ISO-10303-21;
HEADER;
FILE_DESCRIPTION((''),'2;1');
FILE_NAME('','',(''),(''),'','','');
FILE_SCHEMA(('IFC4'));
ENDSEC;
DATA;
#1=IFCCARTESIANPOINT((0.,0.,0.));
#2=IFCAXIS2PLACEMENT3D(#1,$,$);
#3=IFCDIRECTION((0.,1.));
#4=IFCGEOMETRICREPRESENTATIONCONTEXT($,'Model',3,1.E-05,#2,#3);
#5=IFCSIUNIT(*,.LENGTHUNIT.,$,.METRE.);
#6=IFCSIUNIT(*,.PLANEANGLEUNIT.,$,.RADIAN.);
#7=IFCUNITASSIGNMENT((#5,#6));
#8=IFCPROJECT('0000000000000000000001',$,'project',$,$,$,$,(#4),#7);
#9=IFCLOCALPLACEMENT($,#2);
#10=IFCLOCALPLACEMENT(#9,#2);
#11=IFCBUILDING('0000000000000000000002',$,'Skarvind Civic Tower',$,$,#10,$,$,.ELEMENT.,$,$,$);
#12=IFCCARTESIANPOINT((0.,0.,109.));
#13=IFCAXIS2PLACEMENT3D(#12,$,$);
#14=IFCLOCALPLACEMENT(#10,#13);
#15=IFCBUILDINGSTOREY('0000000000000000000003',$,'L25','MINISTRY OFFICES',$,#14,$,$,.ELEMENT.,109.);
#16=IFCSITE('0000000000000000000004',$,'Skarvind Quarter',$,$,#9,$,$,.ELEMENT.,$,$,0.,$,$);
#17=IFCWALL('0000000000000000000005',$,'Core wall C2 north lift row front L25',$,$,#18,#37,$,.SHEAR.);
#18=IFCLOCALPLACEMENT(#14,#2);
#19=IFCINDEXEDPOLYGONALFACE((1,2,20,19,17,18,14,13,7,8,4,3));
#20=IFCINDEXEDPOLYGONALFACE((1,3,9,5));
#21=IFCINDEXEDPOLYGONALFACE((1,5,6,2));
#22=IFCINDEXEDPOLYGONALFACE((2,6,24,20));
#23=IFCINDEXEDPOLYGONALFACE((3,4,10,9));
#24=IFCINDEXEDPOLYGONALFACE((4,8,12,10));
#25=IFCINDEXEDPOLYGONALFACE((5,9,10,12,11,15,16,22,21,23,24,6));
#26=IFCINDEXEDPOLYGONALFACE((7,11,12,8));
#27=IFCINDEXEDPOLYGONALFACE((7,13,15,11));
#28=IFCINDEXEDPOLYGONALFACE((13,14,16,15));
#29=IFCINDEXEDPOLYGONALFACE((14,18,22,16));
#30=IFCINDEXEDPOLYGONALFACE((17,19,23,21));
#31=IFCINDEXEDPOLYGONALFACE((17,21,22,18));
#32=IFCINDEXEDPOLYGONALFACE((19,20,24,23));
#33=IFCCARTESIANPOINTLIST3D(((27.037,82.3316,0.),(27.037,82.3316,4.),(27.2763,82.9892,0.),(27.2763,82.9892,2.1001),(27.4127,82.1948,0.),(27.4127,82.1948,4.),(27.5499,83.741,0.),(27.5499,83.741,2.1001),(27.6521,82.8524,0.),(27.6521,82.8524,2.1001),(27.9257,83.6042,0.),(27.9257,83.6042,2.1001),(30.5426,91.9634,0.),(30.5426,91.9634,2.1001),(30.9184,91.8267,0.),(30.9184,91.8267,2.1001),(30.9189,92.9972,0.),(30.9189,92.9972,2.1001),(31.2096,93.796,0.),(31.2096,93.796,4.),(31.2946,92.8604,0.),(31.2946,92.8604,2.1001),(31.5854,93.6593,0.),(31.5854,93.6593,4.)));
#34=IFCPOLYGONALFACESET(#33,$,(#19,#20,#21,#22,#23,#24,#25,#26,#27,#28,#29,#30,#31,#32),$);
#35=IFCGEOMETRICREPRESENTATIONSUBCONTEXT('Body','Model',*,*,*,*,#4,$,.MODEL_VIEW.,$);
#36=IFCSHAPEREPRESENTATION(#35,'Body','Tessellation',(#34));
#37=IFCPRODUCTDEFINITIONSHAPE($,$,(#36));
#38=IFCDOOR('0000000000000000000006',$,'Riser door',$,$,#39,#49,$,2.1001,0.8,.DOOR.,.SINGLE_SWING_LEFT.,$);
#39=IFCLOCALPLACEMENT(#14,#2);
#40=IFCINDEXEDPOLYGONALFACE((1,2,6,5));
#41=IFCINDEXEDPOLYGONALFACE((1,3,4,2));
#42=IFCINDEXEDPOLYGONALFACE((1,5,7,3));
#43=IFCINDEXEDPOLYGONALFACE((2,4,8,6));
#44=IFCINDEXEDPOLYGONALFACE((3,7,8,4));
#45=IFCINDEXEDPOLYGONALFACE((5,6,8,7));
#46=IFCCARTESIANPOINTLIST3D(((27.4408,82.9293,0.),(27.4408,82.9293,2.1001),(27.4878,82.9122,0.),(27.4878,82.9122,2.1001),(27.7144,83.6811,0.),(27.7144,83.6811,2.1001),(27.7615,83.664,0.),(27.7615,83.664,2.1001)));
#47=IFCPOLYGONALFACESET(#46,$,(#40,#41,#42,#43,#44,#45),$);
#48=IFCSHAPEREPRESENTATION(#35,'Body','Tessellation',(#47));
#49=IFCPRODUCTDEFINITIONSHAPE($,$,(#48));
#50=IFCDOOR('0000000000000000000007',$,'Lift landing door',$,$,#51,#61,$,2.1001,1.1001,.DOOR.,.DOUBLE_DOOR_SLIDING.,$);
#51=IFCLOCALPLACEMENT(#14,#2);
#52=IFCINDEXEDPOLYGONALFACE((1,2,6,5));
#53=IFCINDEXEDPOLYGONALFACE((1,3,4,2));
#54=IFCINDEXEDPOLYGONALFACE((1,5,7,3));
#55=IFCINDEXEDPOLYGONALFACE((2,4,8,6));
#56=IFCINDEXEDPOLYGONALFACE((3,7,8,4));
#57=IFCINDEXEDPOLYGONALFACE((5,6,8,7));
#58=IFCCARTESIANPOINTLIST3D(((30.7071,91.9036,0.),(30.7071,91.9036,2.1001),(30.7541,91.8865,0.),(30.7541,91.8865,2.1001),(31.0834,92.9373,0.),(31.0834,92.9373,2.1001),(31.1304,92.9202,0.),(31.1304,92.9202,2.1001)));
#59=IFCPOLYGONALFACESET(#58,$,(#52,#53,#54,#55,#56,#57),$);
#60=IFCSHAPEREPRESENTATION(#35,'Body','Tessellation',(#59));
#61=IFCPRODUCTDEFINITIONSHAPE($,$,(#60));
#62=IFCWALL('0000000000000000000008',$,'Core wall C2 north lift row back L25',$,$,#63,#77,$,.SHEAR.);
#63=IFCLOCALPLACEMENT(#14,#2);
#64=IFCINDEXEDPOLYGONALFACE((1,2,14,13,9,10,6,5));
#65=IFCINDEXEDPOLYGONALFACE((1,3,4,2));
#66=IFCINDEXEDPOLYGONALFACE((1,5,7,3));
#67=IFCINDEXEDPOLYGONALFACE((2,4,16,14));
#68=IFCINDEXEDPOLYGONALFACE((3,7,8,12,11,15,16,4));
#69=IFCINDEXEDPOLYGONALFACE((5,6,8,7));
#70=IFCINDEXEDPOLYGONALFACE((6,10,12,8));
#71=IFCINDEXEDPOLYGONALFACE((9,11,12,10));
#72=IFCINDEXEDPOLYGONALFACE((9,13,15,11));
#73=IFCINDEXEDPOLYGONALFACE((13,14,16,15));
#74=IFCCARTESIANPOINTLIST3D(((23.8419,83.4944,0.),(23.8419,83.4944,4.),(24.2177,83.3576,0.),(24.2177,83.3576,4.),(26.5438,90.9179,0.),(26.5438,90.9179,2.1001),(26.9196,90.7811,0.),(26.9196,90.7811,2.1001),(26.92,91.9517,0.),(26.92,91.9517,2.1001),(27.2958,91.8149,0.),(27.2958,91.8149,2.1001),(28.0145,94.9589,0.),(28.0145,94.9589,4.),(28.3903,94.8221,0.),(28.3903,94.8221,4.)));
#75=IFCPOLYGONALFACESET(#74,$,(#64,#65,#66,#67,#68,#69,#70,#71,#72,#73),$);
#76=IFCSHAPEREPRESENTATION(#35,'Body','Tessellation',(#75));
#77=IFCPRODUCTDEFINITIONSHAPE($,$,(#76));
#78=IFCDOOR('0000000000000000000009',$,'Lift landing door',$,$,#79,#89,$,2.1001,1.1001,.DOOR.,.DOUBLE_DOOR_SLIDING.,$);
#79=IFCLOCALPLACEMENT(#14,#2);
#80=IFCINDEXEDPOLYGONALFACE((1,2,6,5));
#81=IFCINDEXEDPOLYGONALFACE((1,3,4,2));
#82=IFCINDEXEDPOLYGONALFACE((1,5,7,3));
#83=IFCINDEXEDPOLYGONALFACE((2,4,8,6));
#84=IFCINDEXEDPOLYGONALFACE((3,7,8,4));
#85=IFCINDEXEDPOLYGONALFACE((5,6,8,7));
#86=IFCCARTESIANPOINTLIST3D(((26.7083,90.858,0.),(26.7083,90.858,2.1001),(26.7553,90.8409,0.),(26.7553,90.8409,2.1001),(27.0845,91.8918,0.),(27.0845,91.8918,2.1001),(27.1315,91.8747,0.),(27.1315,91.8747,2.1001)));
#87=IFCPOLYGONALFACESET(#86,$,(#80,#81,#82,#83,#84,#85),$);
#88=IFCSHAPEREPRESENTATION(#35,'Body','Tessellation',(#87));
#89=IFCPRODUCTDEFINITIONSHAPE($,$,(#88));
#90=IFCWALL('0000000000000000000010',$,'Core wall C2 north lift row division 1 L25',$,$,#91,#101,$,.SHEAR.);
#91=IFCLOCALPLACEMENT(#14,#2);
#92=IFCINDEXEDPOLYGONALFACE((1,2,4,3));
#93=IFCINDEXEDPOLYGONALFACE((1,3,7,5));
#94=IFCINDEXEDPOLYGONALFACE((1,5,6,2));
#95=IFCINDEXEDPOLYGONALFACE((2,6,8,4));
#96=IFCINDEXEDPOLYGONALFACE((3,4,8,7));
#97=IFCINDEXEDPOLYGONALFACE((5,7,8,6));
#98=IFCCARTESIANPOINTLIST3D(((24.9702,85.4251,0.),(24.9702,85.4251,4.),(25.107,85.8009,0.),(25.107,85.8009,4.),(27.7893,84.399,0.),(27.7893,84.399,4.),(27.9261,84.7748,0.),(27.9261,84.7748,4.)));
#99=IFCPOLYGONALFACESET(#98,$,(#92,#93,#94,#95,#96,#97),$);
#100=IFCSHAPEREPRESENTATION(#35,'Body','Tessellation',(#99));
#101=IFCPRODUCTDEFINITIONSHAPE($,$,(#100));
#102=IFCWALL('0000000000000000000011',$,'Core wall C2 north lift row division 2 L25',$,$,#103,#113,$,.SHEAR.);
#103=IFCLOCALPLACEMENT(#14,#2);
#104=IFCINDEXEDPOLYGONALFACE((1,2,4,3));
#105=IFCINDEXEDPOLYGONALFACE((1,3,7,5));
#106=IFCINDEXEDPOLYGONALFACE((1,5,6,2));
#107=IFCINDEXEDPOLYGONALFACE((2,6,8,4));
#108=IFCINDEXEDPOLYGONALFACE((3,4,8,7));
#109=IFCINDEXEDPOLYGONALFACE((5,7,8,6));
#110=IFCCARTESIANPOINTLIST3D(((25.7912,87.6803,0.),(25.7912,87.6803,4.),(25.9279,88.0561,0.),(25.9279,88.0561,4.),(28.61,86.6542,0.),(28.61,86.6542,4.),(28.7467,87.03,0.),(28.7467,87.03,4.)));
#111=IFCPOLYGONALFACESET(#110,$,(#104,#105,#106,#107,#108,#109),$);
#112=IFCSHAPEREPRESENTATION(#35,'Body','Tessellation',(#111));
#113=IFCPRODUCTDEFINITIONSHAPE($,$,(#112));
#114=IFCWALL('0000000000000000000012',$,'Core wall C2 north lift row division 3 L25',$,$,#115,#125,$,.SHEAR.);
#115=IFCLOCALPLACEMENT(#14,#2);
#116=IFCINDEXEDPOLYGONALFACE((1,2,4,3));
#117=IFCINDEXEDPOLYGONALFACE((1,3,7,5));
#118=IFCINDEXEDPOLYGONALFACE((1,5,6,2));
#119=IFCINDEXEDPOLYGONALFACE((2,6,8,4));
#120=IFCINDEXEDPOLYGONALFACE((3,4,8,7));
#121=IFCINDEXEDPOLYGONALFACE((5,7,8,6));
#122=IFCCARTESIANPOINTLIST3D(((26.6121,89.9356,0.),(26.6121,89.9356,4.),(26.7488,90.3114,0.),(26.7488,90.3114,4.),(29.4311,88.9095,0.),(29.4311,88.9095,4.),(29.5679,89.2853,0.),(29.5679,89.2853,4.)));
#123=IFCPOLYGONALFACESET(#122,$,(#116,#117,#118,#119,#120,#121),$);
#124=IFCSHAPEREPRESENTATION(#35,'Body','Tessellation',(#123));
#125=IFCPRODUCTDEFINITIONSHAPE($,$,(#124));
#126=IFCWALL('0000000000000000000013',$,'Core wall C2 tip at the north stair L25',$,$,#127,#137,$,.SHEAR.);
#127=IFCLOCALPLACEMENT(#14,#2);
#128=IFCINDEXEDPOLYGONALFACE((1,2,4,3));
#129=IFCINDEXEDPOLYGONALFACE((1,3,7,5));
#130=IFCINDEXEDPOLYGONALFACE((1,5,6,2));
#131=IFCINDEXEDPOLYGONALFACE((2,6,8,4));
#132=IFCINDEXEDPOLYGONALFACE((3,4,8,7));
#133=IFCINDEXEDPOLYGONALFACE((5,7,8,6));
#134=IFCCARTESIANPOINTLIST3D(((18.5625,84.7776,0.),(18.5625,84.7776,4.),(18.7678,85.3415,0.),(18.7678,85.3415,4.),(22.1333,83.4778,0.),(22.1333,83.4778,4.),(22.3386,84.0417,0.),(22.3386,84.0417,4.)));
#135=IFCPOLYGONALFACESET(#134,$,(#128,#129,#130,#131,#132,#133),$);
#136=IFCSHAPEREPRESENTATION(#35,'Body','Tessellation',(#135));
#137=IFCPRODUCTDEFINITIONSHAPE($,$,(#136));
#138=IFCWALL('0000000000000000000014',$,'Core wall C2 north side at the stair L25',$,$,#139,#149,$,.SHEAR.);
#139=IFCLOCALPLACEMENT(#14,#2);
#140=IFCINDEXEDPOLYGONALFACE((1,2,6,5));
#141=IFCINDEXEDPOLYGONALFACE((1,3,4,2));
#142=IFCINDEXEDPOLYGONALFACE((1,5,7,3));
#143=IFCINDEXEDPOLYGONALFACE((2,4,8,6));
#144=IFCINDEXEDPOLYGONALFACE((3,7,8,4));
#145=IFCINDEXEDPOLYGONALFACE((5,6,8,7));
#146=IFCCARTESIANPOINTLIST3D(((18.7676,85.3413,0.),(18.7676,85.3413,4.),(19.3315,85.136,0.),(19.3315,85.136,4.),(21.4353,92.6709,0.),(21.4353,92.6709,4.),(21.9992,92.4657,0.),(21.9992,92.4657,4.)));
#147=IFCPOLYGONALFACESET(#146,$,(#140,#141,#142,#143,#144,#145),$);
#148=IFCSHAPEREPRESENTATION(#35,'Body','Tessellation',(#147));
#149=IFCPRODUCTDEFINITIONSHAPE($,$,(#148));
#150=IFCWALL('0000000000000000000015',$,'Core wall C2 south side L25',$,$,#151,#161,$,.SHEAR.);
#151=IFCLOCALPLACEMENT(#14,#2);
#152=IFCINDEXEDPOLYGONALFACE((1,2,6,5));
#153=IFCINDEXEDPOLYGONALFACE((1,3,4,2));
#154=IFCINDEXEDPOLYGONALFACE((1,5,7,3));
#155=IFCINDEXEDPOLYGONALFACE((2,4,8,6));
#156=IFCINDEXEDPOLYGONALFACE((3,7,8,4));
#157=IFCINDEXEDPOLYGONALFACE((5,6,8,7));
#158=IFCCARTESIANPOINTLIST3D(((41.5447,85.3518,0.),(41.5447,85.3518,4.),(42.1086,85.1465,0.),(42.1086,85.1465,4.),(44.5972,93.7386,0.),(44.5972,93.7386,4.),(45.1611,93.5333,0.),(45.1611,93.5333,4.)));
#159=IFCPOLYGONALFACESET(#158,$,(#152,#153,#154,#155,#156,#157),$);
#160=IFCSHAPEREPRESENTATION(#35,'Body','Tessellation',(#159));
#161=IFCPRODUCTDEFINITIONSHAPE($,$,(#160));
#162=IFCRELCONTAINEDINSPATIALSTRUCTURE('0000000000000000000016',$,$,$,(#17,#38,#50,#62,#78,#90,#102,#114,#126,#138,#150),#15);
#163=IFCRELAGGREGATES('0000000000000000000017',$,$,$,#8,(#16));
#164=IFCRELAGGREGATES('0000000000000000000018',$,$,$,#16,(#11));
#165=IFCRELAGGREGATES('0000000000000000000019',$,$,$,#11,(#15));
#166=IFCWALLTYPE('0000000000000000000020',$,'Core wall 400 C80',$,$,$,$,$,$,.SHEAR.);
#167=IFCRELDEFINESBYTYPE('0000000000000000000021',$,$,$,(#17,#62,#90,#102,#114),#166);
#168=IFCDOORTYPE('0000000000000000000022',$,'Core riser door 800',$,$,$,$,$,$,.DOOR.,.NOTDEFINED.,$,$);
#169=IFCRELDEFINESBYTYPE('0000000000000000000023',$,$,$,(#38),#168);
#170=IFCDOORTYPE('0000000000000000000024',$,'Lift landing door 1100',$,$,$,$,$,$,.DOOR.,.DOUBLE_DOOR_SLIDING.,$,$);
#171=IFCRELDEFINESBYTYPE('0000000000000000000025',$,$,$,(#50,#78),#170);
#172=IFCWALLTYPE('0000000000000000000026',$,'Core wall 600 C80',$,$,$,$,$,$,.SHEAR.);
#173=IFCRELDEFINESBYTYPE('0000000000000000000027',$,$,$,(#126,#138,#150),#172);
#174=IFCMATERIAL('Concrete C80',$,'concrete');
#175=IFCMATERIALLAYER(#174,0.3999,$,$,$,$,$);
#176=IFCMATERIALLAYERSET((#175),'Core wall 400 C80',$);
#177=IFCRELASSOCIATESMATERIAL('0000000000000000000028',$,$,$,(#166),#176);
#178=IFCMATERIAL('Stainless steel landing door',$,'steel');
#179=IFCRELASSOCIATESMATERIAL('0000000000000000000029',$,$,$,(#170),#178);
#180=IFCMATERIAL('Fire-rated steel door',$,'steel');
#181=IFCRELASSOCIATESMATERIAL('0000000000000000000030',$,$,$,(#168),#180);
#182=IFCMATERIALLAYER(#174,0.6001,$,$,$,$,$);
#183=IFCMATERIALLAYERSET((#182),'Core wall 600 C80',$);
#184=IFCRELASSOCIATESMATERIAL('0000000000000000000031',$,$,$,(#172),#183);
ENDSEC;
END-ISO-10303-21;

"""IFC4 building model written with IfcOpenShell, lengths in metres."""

from ifc_helpers import new_model, si_unit, direction, frame, frame_2d, origin, place, context, subcontext, project, spatial, rectangle, extrude, material, layer, layer_set, type_object, element, fill, save


model = new_model("IFC4")

# Units and contexts
model_context = context("Model", 3, precision=1e-05, world=origin(), true_north=direction((0.0, 1.0)))
body_context = subcontext(model_context, "Body", "Model", "MODEL_VIEW")
ifc_project = project(units=[si_unit("LENGTHUNIT", "METRE"), si_unit("PLANEANGLEUNIT", "RADIAN")], contexts=[model_context])

# Site, building, storey
site_placement = place(None, origin())
site = spatial("IfcSite", under=ifc_project, at=site_placement, Name="Skarvind Quarter", CompositionType="ELEMENT", RefElevation=0.0)
building_placement = place(site_placement, origin())
building = spatial("IfcBuilding", under=site, at=building_placement, Name="Skarvind Civic Tower", CompositionType="ELEMENT")
storey_placement = place(building_placement, frame((0.0, 0.0, 109.0)))
storey = spatial("IfcBuildingStorey", under=building, at=storey_placement, Name="L25", Description="MINISTRY OFFICES", CompositionType="ELEMENT", Elevation=109.0)

# Shared definitions
ifc_material_1 = material(Name="Concrete C80", Category="concrete")
ifc_layer_1 = layer(ifc_material_1, 0.3999)
ifc_layer_set_1 = layer_set([ifc_layer_1], Name="Core wall 400 C80")
wall_type_1 = type_object("IfcWallType", Name="Core wall 400 C80", PredefinedType="SHEAR", material=ifc_layer_set_1)
ifc_material_2 = material(Name="Fire-rated steel door", Category="steel")

# Shared definitions
ifc_material_3 = material(Name="Stainless steel landing door", Category="steel")
door_type_1 = type_object("IfcDoorType", Name="Lift landing door 1100", OperationType="DOUBLE_DOOR_SLIDING", PredefinedType="DOOR", material=ifc_material_3)

# Wall, openings, doors
wall_1_placement = place(storey_placement, frame((27.2249, 82.2632, 0.0), z_axis=(0.0, 0.0, 1.0), x_axis=(0.342015, 0.939695, 0.0)))
wall_1 = element("IfcWall", 1, at=wall_1_placement, inside=storey, type_object=wall_type_1, Name="Core wall C2 north lift row front L25", PredefinedType="SHEAR", context=body_context, shape_type="SweptSolid", body=[
    extrude(rectangle(XDim=12.2002, YDim=0.3999, at=frame_2d((6.1001, 0.0))), origin(), (0.0, 0.0, 1.0), 4.0),
])
opening_1_placement = place(wall_1_placement, frame((10.25, 0.0, 0.0)))
opening_1 = element("IfcOpeningElement", 2, at=opening_1_placement, cuts=wall_1, PredefinedType="OPENING", context=body_context, shape_type="SweptSolid", body=[
    extrude(rectangle(XDim=1.1001, YDim=2.1001, at=frame_2d((0.55, 1.05))), frame((0.0, 0.21, 0.0), z_axis=(0.0, -1.0, 0.0), x_axis=(1.0, 0.0, 0.0)), (0.0, 0.0, 1.0), 0.4199),
])
opening_2_placement = place(wall_1_placement, frame((0.7, 0.0, 0.0)))
opening_2 = element("IfcOpeningElement", 3, at=opening_2_placement, cuts=wall_1, PredefinedType="OPENING", context=body_context, shape_type="SweptSolid", body=[
    extrude(rectangle(XDim=0.8, YDim=2.1001, at=frame_2d((0.3999, 1.05))), frame((0.0, 0.21, 0.0), z_axis=(0.0, -1.0, 0.0), x_axis=(1.0, 0.0, 0.0)), (0.0, 0.0, 1.0), 0.4199),
])
door_type_2 = type_object("IfcDoorType", Name="Core riser door 800", OperationType="NOTDEFINED", PredefinedType="DOOR", material=ifc_material_2)
door_1_placement = place(opening_2_placement, origin())
door_1 = element("IfcDoor", 4, at=door_1_placement, inside=storey, type_object=door_type_2, Name="Riser door", OperationType="SINGLE_SWING_LEFT", OverallHeight=2.1001, OverallWidth=0.8, PredefinedType="DOOR", context=body_context, shape_type="SweptSolid", body=[
    extrude(rectangle(XDim=0.8, YDim=2.1001, at=frame_2d((0.3999, 1.05))), frame((0.0, 0.0249, 0.0), z_axis=(0.0, -1.0, 0.0), x_axis=(1.0, 0.0, 0.0)), (0.0, 0.0, 1.0), 0.05),
])
fill(opening_2, door_1)
door_2_placement = place(opening_1_placement, origin())
door_2 = element("IfcDoor", 5, at=door_2_placement, inside=storey, type_object=door_type_1, Name="Lift landing door", OperationType="DOUBLE_DOOR_SLIDING", OverallHeight=2.1001, OverallWidth=1.1001, PredefinedType="DOOR", context=body_context, shape_type="SweptSolid", body=[
    extrude(rectangle(XDim=1.1001, YDim=2.1001, at=frame_2d((0.55, 1.05))), frame((0.0, 0.0249, 0.0), z_axis=(0.0, -1.0, 0.0), x_axis=(1.0, 0.0, 0.0)), (0.0, 0.0, 1.0), 0.05),
])
fill(opening_1, door_2)

# Wall, opening, door
wall_2_placement = place(storey_placement, frame((24.0298, 83.426, 0.0), z_axis=(0.0, 0.0, 1.0), x_axis=(0.342015, 0.939695, 0.0)))
wall_2 = element("IfcWall", 6, at=wall_2_placement, inside=storey, type_object=wall_type_1, Name="Core wall C2 north lift row back L25", PredefinedType="SHEAR", context=body_context, shape_type="SweptSolid", body=[
    extrude(rectangle(XDim=12.2002, YDim=0.3999, at=frame_2d((6.1001, 0.0))), origin(), (0.0, 0.0, 1.0), 4.0),
])
opening_3_placement = place(wall_2_placement, frame((7.8999, 0.0, 0.0)))
opening_3 = element("IfcOpeningElement", 7, at=opening_3_placement, cuts=wall_2, PredefinedType="OPENING", context=body_context, shape_type="SweptSolid", body=[
    extrude(rectangle(XDim=1.1001, YDim=2.1001, at=frame_2d((0.55, 1.05))), frame((0.0, 0.21, 0.0), z_axis=(0.0, -1.0, 0.0), x_axis=(1.0, 0.0, 0.0)), (0.0, 0.0, 1.0), 0.4199),
])
door_3_placement = place(opening_3_placement, origin())
door_3 = element("IfcDoor", 8, at=door_3_placement, inside=storey, type_object=door_type_1, Name="Lift landing door", OperationType="DOUBLE_DOOR_SLIDING", OverallHeight=2.1001, OverallWidth=1.1001, PredefinedType="DOOR", context=body_context, shape_type="SweptSolid", body=[
    extrude(rectangle(XDim=1.1001, YDim=2.1001, at=frame_2d((0.55, 1.05))), frame((0.0, 0.0249, 0.0), z_axis=(0.0, -1.0, 0.0), x_axis=(1.0, 0.0, 0.0)), (0.0, 0.0, 1.0), 0.05),
])
fill(opening_3, door_3)

# Walls
wall_3_placement = place(storey_placement, frame((27.8577, 84.5869, 0.0), z_axis=(0.0, 0.0, 1.0), x_axis=(-0.939686, 0.342037, 0.0)))
element("IfcWall", 9, at=wall_3_placement, inside=storey, type_object=wall_type_1, Name="Core wall C2 north lift row division 1 L25", PredefinedType="SHEAR", context=body_context, shape_type="SweptSolid", body=[
    extrude(rectangle(XDim=3.0, YDim=0.3999, at=frame_2d((1.5, 0.0))), origin(), (0.0, 0.0, 1.0), 4.0),
])
wall_4_placement = place(storey_placement, frame((28.6785, 86.842, 0.0), z_axis=(0.0, 0.0, 1.0), x_axis=(-0.939677, 0.342063, 0.0)))
element("IfcWall", 10, at=wall_4_placement, inside=storey, type_object=wall_type_1, Name="Core wall C2 north lift row division 2 L25", PredefinedType="SHEAR", context=body_context, shape_type="SweptSolid", body=[
    extrude(rectangle(XDim=2.9998, YDim=0.3999, at=frame_2d((1.5, 0.0))), origin(), (0.0, 0.0, 1.0), 4.0),
])
wall_5_placement = place(storey_placement, frame((29.4995, 89.0974, 0.0), z_axis=(0.0, 0.0, 1.0), x_axis=(-0.939686, 0.342037, 0.0)))
element("IfcWall", 11, at=wall_5_placement, inside=storey, type_object=wall_type_1, Name="Core wall C2 north lift row division 3 L25", PredefinedType="SHEAR", context=body_context, shape_type="SweptSolid", body=[
    extrude(rectangle(XDim=3.0, YDim=0.3999, at=frame_2d((1.5, 0.0))), origin(), (0.0, 0.0, 1.0), 4.0),
])
ifc_layer_2 = layer(ifc_material_1, 0.6001)
ifc_layer_set_2 = layer_set([ifc_layer_2], Name="Core wall 600 C80")
wall_type_2 = type_object("IfcWallType", Name="Core wall 600 C80", PredefinedType="SHEAR", material=ifc_layer_set_2)
wall_6_placement = place(storey_placement, frame((22.2358, 83.7598, 0.0), z_axis=(0.0, 0.0, 1.0), x_axis=(-0.939681, 0.342053, 0.0)))
element("IfcWall", 12, at=wall_6_placement, inside=storey, type_object=wall_type_2, Name="Core wall C2 tip at the north stair L25", PredefinedType="SHEAR", context=body_context, shape_type="SweptSolid", body=[
    extrude(rectangle(XDim=3.8, YDim=0.6001, at=frame_2d((1.8999, 0.0))), origin(), (0.0, 0.0, 1.0), 4.0),
])
wall_7_placement = place(storey_placement, frame((19.0496, 85.2388, 0.0), z_axis=(0.0, 0.0, 1.0), x_axis=(0.342017, 0.939694, 0.0)))
element("IfcWall", 13, at=wall_7_placement, inside=storey, type_object=wall_type_2, Name="Core wall C2 north side at the stair L25", PredefinedType="SHEAR", context=body_context, shape_type="SweptSolid", body=[
    extrude(rectangle(XDim=7.8, YDim=0.6001, at=frame_2d((3.8999, 0.0))), origin(), (0.0, 0.0, 1.0), 4.0),
])
wall_8_placement = place(storey_placement, frame((41.8267, 85.2493, 0.0), z_axis=(0.0, 0.0, 1.0), x_axis=(0.342018, 0.939694, 0.0)))
element("IfcWall", 14, at=wall_8_placement, inside=storey, type_object=wall_type_2, Name="Core wall C2 south side L25", PredefinedType="SHEAR", context=body_context, shape_type="SweptSolid", body=[
    extrude(rectangle(XDim=8.925, YDim=0.6001, at=frame_2d((4.4624, 0.0))), origin(), (0.0, 0.0, 1.0), 4.0),
])

save(model, "model.ifc")
